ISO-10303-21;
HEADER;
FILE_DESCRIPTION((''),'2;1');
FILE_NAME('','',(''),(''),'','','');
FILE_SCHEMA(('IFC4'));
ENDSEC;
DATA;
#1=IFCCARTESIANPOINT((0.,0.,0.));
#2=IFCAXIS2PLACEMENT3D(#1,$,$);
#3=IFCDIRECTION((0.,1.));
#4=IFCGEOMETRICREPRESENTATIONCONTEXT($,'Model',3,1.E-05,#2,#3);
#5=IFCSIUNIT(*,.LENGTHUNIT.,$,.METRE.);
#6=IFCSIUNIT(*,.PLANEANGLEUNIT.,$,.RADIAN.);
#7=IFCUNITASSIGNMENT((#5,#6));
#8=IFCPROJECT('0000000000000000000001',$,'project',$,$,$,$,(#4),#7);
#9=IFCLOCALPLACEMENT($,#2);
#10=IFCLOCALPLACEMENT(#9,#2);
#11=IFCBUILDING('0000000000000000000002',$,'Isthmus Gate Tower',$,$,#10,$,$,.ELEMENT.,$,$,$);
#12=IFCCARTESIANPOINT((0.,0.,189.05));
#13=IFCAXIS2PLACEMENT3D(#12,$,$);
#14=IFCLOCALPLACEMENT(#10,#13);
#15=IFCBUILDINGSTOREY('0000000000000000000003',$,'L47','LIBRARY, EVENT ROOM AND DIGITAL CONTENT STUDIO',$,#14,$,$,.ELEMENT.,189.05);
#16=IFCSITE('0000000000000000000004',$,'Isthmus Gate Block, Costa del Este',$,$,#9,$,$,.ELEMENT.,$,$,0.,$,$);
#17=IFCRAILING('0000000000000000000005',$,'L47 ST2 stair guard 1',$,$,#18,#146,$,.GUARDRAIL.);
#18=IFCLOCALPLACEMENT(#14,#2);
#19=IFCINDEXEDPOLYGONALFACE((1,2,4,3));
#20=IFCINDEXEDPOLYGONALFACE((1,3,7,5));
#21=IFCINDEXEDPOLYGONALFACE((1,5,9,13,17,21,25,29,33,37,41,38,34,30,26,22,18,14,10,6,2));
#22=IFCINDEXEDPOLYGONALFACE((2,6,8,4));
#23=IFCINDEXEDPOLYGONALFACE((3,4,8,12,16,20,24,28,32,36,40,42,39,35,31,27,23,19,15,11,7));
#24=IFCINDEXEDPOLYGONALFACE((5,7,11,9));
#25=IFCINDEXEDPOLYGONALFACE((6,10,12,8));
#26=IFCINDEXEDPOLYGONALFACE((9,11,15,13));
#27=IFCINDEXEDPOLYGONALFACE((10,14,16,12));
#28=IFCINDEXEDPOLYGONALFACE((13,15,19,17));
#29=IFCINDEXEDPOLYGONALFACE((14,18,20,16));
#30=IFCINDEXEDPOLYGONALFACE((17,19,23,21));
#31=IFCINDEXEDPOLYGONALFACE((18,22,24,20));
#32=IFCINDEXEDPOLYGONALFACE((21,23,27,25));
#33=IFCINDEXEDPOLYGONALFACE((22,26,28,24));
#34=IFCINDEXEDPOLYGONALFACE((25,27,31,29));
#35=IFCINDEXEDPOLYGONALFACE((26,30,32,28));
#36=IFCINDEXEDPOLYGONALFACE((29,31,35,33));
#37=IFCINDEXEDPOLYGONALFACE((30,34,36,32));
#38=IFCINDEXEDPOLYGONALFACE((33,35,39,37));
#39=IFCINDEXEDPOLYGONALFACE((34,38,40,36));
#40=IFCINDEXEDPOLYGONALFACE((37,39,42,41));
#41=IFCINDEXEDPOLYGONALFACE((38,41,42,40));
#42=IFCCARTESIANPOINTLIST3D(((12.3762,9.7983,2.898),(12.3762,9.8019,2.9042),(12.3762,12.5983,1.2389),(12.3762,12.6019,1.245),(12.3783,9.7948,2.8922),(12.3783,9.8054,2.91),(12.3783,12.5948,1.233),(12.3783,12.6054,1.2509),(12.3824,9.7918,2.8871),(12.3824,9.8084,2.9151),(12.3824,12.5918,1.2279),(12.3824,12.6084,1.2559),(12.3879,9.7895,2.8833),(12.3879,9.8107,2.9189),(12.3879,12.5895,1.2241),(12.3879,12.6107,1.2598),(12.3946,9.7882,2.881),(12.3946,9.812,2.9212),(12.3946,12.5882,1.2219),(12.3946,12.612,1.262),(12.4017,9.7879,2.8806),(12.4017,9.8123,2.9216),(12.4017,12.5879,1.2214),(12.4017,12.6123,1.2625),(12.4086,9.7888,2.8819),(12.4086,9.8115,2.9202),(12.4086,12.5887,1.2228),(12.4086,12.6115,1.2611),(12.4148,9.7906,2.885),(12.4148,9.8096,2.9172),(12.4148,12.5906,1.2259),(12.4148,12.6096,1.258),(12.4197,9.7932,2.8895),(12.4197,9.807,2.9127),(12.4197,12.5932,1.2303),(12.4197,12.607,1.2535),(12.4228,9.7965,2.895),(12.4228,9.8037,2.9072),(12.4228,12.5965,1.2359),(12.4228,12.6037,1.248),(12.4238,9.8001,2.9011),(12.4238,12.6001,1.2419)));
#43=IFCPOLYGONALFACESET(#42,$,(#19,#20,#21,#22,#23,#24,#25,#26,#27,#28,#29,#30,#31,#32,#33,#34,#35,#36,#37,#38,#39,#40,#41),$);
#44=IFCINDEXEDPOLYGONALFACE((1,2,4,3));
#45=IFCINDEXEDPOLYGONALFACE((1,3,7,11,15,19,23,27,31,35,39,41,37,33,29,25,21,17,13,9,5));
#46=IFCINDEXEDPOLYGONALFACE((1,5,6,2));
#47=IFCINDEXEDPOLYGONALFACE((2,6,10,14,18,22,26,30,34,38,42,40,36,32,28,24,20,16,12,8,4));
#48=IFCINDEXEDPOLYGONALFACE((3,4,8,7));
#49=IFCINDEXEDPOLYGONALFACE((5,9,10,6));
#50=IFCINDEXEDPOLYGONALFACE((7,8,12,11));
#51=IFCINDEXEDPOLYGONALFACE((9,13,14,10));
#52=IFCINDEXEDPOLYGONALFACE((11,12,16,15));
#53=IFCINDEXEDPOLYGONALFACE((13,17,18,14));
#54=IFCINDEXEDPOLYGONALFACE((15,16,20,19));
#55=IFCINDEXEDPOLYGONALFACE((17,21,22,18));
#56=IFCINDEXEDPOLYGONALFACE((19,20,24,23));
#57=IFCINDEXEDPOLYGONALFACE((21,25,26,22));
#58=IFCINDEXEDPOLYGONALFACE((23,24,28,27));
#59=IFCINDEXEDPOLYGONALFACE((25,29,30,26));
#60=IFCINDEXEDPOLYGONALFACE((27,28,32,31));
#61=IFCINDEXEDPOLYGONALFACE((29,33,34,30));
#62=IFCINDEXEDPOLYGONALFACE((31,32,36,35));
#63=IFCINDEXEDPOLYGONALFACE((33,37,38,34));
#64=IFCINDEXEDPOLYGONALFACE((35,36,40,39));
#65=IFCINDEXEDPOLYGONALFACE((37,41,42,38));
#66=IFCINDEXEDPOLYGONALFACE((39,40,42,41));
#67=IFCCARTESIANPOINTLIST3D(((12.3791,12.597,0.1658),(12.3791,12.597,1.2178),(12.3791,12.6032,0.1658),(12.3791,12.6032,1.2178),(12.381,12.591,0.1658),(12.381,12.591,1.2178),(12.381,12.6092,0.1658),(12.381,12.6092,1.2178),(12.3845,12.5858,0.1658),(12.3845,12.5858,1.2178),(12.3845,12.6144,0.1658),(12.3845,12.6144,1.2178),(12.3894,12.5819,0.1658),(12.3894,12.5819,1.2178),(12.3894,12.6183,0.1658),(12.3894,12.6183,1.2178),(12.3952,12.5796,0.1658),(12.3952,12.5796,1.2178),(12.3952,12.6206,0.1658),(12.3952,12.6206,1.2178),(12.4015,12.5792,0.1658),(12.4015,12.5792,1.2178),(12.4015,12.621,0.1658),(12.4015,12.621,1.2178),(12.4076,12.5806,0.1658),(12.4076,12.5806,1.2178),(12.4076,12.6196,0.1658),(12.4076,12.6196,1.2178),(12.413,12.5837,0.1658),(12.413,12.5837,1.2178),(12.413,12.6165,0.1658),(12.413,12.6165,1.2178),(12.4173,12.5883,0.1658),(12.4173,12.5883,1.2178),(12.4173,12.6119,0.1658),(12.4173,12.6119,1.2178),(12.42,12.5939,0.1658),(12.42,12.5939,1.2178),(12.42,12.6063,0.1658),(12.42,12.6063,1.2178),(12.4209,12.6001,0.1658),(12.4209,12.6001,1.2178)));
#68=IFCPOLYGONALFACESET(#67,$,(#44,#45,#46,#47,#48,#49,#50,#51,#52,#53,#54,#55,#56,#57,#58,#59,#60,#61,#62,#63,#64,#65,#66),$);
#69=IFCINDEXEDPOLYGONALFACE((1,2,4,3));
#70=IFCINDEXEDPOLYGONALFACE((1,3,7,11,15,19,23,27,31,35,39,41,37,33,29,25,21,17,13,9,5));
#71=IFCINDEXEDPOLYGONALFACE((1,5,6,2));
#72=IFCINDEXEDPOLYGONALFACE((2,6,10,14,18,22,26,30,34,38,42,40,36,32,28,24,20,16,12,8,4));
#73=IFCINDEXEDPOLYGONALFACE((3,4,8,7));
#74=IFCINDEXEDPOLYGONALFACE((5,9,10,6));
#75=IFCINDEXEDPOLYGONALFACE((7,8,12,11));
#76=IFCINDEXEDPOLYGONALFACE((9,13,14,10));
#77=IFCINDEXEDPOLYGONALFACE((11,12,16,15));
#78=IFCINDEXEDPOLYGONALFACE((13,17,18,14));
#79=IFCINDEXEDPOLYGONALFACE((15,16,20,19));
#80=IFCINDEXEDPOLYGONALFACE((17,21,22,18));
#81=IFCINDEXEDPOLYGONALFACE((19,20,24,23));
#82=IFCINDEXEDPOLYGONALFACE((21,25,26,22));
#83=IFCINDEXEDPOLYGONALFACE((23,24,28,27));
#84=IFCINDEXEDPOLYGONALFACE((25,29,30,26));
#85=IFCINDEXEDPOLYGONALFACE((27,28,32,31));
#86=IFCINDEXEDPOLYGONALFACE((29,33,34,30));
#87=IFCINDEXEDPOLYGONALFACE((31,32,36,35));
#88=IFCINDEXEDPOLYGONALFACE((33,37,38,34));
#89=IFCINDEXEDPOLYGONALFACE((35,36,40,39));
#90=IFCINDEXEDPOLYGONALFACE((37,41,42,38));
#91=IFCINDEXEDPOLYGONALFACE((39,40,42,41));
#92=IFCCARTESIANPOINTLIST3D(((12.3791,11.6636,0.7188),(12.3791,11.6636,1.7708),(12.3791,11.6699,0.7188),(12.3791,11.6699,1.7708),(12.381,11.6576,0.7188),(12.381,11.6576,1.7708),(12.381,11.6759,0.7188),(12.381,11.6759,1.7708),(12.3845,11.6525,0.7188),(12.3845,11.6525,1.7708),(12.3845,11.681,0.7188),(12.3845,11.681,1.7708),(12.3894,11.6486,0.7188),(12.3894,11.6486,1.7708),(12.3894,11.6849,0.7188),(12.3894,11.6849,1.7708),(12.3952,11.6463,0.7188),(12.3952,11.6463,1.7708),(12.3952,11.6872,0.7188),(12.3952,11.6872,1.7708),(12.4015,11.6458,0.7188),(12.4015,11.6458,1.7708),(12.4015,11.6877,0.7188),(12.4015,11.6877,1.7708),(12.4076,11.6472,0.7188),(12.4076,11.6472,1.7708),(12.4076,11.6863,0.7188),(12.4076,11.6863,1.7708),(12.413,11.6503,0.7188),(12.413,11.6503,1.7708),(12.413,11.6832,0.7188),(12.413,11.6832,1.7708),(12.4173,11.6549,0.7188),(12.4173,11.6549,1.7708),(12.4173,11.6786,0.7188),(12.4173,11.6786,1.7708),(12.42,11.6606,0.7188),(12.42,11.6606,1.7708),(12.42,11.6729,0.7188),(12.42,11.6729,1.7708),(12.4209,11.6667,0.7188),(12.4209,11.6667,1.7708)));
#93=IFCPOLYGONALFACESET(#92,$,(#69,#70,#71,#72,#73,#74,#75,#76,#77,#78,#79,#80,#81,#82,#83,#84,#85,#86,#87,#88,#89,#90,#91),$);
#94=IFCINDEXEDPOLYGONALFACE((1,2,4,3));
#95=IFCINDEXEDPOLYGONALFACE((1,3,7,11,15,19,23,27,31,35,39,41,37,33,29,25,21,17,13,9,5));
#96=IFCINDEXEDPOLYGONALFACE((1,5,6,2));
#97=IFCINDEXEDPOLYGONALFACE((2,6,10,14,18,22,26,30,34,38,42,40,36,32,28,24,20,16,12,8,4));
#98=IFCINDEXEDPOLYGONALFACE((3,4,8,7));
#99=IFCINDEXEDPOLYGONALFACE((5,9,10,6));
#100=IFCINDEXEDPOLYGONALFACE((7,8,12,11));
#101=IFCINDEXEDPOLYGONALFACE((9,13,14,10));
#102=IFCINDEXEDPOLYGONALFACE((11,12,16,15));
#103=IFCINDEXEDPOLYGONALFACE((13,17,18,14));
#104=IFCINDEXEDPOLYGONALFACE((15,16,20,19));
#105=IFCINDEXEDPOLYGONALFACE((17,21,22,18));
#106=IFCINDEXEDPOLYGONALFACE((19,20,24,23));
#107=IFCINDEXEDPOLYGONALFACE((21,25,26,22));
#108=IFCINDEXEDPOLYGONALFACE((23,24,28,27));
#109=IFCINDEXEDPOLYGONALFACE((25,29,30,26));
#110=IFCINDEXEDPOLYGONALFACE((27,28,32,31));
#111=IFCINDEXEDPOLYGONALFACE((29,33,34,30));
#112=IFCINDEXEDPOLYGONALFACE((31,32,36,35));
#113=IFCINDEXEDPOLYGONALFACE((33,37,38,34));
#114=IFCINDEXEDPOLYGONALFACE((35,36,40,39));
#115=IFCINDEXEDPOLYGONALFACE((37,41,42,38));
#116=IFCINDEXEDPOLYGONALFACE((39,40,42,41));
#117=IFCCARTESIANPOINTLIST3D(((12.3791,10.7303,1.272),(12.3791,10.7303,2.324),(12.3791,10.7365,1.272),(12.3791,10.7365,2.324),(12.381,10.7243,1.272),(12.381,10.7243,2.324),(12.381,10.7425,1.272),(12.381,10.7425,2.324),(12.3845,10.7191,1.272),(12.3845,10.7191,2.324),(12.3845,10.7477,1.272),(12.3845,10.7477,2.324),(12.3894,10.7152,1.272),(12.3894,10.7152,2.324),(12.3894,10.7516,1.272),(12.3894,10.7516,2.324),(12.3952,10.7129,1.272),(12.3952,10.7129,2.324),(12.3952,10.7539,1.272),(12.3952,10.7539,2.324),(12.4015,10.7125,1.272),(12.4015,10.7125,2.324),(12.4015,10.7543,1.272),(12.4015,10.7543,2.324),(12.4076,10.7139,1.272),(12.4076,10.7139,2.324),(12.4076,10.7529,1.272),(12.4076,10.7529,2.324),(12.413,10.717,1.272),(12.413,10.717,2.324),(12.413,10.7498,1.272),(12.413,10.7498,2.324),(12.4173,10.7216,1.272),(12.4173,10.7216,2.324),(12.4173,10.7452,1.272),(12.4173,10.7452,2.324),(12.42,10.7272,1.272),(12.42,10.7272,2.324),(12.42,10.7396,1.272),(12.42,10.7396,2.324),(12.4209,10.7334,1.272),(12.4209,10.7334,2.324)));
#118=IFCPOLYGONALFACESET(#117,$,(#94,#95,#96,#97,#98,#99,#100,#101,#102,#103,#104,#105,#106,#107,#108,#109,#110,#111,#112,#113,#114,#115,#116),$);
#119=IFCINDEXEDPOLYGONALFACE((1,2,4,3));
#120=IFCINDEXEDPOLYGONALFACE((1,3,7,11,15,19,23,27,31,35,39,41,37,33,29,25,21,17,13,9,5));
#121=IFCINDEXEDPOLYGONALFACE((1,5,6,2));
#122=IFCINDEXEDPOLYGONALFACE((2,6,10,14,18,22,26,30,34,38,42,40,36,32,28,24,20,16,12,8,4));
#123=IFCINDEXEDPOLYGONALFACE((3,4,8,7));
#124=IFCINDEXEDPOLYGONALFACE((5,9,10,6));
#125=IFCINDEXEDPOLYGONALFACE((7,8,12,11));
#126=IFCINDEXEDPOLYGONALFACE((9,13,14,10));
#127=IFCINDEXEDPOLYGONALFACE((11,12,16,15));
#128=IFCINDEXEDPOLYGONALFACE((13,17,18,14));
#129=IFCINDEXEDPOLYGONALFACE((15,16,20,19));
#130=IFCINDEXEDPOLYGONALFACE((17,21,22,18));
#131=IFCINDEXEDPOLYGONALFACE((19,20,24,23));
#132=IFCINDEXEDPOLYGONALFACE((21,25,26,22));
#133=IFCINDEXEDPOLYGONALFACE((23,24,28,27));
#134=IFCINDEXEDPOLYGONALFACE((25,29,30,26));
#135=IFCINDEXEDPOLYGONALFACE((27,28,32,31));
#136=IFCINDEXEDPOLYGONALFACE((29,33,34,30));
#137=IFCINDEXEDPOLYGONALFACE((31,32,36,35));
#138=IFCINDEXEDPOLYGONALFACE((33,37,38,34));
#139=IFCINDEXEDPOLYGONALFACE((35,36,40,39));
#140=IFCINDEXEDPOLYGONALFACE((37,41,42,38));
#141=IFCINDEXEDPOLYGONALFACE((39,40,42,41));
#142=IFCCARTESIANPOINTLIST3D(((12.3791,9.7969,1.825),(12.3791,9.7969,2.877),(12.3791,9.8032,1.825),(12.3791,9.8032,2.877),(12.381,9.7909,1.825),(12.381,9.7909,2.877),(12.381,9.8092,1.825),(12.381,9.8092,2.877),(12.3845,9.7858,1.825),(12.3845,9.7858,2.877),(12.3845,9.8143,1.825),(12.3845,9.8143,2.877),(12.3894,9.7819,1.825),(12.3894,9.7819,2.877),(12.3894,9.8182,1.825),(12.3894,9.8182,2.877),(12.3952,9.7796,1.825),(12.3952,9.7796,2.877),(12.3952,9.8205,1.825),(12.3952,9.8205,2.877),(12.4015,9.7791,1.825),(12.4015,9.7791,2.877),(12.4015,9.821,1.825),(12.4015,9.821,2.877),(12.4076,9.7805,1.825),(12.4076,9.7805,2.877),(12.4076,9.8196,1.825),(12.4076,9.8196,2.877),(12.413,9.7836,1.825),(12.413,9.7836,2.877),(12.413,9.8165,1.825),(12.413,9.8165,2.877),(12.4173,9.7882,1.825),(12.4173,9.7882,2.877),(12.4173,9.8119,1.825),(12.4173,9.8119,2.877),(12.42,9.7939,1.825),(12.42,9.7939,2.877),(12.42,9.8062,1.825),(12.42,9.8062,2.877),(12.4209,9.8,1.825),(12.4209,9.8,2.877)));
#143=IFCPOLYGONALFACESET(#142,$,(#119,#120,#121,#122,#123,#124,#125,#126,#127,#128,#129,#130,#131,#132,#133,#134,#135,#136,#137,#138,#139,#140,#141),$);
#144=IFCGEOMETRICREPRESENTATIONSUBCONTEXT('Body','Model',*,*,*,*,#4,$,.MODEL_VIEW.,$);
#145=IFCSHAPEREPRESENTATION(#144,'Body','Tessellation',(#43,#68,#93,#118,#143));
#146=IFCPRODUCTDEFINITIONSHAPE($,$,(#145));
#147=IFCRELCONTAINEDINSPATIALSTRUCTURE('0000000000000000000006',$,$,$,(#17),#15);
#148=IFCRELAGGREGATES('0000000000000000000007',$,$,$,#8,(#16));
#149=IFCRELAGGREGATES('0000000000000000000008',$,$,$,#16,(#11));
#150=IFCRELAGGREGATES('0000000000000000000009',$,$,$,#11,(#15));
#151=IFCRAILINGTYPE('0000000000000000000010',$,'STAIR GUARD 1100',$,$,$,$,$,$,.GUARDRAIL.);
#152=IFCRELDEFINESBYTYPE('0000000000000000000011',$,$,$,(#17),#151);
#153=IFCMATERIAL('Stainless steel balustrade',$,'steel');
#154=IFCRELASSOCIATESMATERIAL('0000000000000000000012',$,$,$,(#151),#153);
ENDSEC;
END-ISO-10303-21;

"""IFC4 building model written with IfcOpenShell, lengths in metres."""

from ifc_helpers import new_model, si_unit, direction, frame, origin, origin_2d, place, context, subcontext, project, spatial, circle, extrude, material, type_object, element, save


model = new_model("IFC4")

# Units and contexts
model_context = context("Model", 3, precision=1e-05, world=origin(), true_north=direction((0.0, 1.0)))
body_context = subcontext(model_context, "Body", "Model", "MODEL_VIEW")
ifc_project = project(units=[si_unit("LENGTHUNIT", "METRE"), si_unit("PLANEANGLEUNIT", "RADIAN")], contexts=[model_context])

# Site, building, storey
site_placement = place(None, origin())
site = spatial("IfcSite", under=ifc_project, at=site_placement, Name="Isthmus Gate Block, Costa del Este", CompositionType="ELEMENT", RefElevation=0.0)
building_placement = place(site_placement, origin())
building = spatial("IfcBuilding", under=site, at=building_placement, Name="Isthmus Gate Tower", CompositionType="ELEMENT")
storey_placement = place(building_placement, frame((0.0, 0.0, 189.05)))
storey = spatial("IfcBuildingStorey", under=building, at=storey_placement, Name="L47", Description="LIBRARY, EVENT ROOM AND DIGITAL CONTENT STUDIO", CompositionType="ELEMENT", Elevation=189.05)

# Railing
ifc_material_1 = material(Name="Stainless steel balustrade", Category="steel")
railing_type_1 = type_object("IfcRailingType", Name="STAIR GUARD 1100", PredefinedType="GUARDRAIL", material=ifc_material_1)
railing_1_placement = place(storey_placement, frame((12.3999, 12.6001, 0.1658)))
element("IfcRailing", 1, at=railing_1_placement, inside=storey, type_object=railing_type_1, Name="L47 ST2 stair guard 1", PredefinedType="GUARDRAIL", context=body_context, shape_type="SweptSolid", body=[
    extrude(circle(Radius=0.0239, at=origin_2d()), frame((0.0, 0.0, 1.0762), z_axis=(0.0, -0.860306, 0.509778), x_axis=(1.0, 0.0, 0.0)), (0.0, 0.0, 1.0), 3.2546),
    extrude(circle(Radius=0.021, at=origin_2d()), origin(), (0.0, 0.0, 1.0), 1.052),
    extrude(circle(Radius=0.021, at=origin_2d()), frame((0.0, -0.9333, 0.553)), (0.0, 0.0, 1.0), 1.052),
    extrude(circle(Radius=0.021, at=origin_2d()), frame((0.0, -1.8667, 1.1062)), (0.0, 0.0, 1.0), 1.052),
    extrude(circle(Radius=0.021, at=origin_2d()), frame((0.0, -2.8, 1.6592)), (0.0, 0.0, 1.0), 1.052),
])

save(model, "model.ifc")
